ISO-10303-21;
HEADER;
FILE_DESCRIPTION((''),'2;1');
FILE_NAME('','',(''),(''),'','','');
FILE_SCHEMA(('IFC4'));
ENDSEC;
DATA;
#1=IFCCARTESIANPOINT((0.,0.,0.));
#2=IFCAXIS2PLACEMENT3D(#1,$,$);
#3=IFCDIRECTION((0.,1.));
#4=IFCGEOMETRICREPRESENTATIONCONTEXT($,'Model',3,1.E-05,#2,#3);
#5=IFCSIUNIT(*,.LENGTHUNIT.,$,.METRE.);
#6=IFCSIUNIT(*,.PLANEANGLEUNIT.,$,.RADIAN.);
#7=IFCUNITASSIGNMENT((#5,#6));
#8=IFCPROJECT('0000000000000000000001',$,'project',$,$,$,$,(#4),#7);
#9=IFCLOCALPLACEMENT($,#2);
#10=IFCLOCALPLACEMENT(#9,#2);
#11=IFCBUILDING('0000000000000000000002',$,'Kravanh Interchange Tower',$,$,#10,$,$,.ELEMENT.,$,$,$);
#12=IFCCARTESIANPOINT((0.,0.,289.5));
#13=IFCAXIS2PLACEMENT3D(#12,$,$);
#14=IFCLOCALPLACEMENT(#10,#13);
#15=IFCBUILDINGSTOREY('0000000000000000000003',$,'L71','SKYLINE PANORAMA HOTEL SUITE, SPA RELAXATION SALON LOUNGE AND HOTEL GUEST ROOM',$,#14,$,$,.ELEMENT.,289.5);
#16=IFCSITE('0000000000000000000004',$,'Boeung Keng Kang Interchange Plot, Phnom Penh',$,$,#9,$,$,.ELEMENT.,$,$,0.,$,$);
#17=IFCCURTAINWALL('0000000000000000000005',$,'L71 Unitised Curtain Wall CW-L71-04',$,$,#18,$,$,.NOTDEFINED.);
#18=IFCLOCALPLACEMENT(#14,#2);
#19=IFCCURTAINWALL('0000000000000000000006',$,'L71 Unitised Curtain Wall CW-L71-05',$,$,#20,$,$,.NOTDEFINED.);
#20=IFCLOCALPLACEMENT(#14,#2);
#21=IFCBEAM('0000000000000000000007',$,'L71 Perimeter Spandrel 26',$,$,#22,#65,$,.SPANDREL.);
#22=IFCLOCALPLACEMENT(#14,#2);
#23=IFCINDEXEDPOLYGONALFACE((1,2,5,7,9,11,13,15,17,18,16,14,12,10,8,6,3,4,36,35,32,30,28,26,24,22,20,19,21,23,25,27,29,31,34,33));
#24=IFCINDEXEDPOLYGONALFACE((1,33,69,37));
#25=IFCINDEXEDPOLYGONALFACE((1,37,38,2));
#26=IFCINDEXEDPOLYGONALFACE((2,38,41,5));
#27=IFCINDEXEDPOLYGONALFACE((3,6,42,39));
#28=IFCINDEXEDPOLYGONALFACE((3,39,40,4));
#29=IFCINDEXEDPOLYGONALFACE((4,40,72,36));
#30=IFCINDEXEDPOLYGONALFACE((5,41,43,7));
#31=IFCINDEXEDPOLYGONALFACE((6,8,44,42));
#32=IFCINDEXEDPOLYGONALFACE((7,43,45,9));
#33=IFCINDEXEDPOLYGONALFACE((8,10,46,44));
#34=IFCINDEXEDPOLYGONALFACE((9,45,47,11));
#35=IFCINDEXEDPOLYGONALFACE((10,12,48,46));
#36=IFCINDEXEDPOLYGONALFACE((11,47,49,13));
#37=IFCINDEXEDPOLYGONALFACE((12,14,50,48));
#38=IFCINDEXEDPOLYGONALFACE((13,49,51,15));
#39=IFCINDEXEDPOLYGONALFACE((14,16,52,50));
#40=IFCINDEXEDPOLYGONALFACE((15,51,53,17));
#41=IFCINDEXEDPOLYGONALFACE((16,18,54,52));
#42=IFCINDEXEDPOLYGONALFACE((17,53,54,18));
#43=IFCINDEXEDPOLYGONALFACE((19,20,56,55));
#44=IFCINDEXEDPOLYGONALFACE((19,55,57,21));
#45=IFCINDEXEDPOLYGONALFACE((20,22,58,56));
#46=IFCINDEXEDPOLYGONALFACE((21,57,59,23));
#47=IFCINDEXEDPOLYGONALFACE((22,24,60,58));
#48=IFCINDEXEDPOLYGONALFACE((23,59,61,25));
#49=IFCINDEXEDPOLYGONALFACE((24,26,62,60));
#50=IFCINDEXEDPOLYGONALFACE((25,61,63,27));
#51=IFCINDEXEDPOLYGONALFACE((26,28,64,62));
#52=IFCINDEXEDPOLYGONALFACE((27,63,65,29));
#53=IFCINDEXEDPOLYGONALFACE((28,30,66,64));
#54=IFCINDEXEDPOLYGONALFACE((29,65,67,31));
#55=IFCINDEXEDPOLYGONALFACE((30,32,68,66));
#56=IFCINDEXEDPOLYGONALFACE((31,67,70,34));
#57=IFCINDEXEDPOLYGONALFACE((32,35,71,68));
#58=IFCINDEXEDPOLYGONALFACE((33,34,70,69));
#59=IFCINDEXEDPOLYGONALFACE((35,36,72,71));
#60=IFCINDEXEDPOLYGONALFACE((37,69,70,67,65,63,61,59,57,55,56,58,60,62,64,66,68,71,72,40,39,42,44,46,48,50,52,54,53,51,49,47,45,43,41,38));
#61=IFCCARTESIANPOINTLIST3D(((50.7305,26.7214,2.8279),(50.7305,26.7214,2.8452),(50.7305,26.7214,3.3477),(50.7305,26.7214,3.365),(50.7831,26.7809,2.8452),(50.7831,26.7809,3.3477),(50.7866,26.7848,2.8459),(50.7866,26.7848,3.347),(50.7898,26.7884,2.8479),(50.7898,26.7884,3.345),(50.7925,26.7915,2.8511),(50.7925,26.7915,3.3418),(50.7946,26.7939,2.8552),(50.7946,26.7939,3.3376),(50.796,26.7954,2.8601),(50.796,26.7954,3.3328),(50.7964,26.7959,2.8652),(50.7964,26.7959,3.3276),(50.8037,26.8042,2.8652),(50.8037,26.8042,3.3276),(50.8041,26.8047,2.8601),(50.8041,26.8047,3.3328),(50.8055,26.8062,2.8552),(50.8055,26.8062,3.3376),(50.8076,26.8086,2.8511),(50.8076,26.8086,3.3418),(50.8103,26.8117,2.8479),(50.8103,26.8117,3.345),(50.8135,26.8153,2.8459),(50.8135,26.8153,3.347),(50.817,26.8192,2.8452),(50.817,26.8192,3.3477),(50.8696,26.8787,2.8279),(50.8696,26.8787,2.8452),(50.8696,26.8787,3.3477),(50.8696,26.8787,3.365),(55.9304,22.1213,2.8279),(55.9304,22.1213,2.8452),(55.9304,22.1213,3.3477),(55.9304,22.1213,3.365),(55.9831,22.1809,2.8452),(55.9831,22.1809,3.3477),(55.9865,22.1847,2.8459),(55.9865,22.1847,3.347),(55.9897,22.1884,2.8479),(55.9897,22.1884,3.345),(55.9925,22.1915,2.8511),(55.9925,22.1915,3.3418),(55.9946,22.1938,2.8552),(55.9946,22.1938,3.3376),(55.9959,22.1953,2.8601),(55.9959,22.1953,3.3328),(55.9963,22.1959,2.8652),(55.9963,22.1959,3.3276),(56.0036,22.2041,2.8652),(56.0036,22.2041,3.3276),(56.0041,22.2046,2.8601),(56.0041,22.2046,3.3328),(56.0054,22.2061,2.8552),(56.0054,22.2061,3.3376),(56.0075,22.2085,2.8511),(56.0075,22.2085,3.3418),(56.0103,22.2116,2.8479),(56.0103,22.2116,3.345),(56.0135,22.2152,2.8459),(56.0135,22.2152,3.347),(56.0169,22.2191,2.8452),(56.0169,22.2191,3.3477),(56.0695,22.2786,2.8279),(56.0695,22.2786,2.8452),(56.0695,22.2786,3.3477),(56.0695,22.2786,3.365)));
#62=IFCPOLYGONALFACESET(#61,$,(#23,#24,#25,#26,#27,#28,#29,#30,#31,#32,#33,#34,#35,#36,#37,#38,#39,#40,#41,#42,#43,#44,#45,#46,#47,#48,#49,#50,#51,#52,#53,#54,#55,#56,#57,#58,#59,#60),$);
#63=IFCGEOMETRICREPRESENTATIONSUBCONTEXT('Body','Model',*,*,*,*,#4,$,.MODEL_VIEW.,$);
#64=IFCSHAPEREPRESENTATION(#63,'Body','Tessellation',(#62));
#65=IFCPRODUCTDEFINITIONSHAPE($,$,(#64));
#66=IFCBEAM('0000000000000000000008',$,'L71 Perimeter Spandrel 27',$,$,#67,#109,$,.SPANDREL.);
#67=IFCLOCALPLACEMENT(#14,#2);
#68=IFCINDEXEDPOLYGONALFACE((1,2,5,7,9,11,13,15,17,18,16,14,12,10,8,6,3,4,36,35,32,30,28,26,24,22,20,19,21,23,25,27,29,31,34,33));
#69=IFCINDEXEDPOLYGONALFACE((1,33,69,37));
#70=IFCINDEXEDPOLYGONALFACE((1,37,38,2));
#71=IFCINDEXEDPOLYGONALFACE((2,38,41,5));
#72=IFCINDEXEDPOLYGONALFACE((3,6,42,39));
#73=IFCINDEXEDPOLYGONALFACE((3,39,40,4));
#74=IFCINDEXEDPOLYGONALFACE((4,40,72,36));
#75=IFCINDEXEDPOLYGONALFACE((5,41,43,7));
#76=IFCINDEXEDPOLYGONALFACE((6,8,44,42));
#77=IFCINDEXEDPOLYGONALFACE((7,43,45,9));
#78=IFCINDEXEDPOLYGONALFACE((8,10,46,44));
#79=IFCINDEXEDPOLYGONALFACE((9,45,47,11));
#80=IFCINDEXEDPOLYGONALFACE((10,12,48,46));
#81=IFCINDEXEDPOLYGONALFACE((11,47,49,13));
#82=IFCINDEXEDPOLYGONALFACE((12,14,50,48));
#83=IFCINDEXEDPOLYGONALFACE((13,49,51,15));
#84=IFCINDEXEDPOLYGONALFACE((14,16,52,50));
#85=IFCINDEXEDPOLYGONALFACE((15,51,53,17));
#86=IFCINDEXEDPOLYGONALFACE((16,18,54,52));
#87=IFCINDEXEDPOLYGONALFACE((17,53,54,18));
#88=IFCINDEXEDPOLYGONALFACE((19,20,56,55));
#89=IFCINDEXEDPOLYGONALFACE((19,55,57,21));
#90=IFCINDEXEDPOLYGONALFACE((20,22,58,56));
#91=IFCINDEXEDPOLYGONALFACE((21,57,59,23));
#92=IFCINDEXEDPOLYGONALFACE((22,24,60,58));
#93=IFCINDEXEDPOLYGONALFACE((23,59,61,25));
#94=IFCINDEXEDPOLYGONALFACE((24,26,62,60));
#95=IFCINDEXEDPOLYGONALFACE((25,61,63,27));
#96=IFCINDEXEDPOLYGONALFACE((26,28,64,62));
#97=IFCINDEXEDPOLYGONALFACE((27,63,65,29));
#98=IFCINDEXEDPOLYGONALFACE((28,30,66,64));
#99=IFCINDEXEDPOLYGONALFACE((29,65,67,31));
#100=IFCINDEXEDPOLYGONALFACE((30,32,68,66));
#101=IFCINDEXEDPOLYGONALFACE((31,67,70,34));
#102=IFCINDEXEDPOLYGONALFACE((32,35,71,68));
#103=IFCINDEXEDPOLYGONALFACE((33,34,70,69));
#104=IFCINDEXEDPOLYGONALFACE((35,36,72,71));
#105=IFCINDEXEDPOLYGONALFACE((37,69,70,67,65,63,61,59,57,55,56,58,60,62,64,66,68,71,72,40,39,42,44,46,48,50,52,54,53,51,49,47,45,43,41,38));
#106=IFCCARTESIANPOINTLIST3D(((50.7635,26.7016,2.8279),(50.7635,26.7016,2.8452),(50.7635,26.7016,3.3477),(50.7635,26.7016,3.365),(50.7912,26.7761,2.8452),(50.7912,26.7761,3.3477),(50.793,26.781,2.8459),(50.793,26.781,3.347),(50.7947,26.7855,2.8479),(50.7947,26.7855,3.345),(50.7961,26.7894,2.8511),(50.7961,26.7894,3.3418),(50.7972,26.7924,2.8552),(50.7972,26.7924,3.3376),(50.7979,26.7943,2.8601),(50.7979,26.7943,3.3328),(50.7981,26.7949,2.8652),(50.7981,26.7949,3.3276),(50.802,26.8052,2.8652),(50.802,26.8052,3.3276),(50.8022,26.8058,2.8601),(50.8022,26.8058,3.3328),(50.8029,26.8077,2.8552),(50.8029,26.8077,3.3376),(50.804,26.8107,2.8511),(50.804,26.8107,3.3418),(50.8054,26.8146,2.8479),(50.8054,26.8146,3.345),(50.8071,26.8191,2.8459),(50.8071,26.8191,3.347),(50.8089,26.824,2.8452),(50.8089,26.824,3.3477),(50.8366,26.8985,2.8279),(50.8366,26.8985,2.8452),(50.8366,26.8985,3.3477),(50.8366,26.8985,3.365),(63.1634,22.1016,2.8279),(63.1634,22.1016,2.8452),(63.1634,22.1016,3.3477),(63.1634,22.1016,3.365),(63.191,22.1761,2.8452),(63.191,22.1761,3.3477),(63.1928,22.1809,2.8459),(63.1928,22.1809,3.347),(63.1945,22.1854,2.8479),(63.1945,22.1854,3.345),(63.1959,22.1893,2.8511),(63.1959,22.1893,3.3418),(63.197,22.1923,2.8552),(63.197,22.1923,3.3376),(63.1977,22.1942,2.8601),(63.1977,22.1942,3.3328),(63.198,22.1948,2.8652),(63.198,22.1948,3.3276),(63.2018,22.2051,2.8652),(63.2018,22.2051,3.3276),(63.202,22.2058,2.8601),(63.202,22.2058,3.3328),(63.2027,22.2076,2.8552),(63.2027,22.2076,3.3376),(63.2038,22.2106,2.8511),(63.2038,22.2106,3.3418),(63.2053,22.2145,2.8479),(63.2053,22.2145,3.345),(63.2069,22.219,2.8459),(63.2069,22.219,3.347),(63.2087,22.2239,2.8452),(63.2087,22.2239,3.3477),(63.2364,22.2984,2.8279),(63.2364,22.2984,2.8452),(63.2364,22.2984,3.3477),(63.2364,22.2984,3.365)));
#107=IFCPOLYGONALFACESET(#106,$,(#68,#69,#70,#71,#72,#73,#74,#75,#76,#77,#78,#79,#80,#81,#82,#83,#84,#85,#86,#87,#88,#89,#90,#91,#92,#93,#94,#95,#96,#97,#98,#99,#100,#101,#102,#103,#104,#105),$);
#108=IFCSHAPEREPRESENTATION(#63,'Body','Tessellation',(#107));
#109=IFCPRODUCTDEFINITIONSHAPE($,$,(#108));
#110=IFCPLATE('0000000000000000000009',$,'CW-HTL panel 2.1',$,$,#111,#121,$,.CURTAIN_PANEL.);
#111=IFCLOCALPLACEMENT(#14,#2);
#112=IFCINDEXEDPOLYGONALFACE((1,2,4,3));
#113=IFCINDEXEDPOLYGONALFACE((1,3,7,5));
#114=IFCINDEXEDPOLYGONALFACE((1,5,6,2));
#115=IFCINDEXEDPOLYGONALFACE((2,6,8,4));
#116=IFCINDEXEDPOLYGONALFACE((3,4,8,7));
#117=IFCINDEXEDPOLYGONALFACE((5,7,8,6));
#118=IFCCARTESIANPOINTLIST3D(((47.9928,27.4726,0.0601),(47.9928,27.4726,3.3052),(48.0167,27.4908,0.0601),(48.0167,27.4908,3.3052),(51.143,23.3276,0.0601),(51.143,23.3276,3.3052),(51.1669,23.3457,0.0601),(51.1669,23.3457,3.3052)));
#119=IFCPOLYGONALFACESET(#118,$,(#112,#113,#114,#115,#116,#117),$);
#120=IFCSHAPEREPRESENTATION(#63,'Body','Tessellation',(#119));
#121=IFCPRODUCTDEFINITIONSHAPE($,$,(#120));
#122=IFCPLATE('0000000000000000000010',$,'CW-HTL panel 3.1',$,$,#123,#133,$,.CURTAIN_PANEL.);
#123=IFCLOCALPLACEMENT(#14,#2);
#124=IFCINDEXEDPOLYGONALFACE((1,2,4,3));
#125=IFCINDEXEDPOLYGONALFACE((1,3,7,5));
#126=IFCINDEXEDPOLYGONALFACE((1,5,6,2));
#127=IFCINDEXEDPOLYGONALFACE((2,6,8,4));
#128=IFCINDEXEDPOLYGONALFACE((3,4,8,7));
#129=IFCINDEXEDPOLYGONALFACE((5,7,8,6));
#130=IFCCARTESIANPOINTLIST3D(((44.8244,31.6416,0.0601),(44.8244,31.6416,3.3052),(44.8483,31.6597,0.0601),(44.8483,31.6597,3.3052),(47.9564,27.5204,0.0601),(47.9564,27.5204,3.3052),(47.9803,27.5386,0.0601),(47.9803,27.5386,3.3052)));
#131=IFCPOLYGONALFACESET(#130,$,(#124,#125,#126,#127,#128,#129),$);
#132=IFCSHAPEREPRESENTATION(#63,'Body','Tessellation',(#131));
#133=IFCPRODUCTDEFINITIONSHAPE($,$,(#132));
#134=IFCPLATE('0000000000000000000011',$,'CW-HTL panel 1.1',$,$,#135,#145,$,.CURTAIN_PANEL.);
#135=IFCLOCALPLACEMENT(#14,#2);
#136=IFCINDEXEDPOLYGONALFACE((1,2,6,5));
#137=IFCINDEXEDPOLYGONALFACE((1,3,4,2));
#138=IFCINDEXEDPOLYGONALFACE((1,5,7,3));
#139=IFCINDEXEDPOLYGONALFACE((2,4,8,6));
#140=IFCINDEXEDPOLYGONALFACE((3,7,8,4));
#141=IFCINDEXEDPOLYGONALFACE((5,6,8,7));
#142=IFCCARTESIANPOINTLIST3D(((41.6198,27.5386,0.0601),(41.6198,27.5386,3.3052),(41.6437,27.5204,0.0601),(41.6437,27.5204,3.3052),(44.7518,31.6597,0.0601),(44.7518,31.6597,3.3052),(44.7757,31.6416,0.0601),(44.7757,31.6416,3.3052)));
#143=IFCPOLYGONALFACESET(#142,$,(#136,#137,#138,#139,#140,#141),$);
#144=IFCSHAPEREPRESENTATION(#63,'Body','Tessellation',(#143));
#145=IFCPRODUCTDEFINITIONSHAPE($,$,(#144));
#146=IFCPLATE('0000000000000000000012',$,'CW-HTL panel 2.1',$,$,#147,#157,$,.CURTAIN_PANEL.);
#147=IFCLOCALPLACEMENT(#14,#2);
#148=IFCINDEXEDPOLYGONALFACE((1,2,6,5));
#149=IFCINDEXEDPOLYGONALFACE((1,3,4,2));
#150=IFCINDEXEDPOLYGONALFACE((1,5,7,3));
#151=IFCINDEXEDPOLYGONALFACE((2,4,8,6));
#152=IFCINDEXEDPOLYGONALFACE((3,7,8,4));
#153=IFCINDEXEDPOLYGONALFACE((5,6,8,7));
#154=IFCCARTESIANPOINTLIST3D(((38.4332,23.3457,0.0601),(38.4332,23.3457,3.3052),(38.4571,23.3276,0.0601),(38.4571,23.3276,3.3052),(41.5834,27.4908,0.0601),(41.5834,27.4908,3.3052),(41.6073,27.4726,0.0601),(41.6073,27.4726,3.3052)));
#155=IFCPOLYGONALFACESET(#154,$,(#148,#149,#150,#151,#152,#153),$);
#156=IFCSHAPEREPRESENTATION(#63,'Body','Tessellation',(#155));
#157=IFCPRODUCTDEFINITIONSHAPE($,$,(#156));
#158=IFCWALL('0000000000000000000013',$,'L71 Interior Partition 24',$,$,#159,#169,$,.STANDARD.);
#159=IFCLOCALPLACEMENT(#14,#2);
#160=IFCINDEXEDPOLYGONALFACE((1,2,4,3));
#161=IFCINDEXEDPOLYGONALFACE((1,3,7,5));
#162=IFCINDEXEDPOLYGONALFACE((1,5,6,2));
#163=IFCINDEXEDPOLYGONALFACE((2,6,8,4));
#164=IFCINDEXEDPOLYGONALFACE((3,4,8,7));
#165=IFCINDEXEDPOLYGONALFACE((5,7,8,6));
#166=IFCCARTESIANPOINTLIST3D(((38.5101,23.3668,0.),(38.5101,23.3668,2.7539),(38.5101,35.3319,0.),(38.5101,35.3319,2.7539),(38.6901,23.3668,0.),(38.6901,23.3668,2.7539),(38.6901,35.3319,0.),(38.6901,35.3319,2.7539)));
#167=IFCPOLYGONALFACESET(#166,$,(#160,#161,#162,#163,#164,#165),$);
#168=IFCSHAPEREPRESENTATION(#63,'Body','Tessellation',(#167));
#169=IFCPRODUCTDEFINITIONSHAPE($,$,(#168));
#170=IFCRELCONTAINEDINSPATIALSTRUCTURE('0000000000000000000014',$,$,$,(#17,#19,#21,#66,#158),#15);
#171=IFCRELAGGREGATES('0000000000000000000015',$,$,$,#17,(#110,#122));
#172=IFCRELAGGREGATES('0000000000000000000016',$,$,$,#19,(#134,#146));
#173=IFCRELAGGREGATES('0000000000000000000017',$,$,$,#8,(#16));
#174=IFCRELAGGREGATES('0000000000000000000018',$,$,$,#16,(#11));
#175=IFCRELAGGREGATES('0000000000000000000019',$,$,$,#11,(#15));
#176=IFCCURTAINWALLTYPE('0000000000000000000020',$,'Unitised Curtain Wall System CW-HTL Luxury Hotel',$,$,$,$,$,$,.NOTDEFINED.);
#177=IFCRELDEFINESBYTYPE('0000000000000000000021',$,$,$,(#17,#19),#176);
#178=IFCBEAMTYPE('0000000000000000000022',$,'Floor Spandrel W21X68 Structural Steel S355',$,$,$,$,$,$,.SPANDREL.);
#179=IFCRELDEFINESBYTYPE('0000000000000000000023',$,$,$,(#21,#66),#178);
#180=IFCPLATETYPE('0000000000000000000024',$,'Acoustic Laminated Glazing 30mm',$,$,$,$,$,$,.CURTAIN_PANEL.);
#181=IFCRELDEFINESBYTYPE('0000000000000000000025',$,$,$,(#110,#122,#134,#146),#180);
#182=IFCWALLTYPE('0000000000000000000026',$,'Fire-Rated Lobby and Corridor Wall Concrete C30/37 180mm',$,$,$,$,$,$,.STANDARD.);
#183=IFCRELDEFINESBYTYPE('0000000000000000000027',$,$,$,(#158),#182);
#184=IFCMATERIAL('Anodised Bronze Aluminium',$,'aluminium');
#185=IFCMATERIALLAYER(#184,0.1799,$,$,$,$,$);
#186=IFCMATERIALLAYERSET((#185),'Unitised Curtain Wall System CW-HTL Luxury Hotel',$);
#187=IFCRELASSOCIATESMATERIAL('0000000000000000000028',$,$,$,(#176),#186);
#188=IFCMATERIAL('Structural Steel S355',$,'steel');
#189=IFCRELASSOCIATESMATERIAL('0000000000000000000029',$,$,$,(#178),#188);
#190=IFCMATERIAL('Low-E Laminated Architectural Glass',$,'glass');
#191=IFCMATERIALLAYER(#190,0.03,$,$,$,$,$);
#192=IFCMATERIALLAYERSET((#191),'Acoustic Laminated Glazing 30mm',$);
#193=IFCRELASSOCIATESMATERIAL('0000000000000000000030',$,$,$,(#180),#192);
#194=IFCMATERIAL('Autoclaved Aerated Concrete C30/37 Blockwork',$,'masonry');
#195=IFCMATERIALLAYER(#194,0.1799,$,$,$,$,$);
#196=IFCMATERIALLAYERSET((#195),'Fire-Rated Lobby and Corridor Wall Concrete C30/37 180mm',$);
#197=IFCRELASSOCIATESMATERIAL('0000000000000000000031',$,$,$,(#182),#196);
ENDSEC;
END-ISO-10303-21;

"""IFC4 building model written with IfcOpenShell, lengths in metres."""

from ifc_helpers import new_model, si_unit, direction, frame, frame_2d, origin, origin_2d, place, context, subcontext, project, spatial, rectangle, i_section, extrude, material, layer, layer_set, material_profile, profile_set, type_object, element, aggregate, save


model = new_model("IFC4")

# Units and contexts
model_context = context("Model", 3, precision=1e-05, world=origin(), true_north=direction((0.0, 1.0)))
body_context = subcontext(model_context, "Body", "Model", "MODEL_VIEW")
ifc_project = project(units=[si_unit("LENGTHUNIT", "METRE"), si_unit("PLANEANGLEUNIT", "RADIAN")], contexts=[model_context])

# Site, building, storey
site_placement = place(None, origin())
site = spatial("IfcSite", under=ifc_project, at=site_placement, Name="Boeung Keng Kang Interchange Plot, Phnom Penh", CompositionType="ELEMENT", RefElevation=0.0)
building_placement = place(site_placement, origin())
building = spatial("IfcBuilding", under=site, at=building_placement, Name="Kravanh Interchange Tower", CompositionType="ELEMENT")
storey_placement = place(building_placement, frame((0.0, 0.0, 289.5)))
storey = spatial("IfcBuildingStorey", under=building, at=storey_placement, Name="L71", Description="SKYLINE PANORAMA HOTEL SUITE, SPA RELAXATION SALON LOUNGE AND HOTEL GUEST ROOM", CompositionType="ELEMENT", Elevation=289.5)

# Curtain walls
ifc_material_1 = material(Name="Anodised Bronze Aluminium", Category="aluminium")
ifc_layer_1 = layer(ifc_material_1, 0.1799)
ifc_layer_set_1 = layer_set([ifc_layer_1], Name="Unitised Curtain Wall System CW-HTL Luxury Hotel")
curtain_wall_type = type_object("IfcCurtainWallType", Name="Unitised Curtain Wall System CW-HTL Luxury Hotel", PredefinedType="NOTDEFINED", material=ifc_layer_set_1)
curtain_wall_1_placement = place(storey_placement, origin())
curtain_wall_1 = element("IfcCurtainWall", 1, at=curtain_wall_1_placement, inside=storey, type_object=curtain_wall_type, Name="L71 Unitised Curtain Wall CW-L71-04", PredefinedType="NOTDEFINED")
curtain_wall_2_placement = place(storey_placement, origin())
curtain_wall_2 = element("IfcCurtainWall", 2, at=curtain_wall_2_placement, inside=storey, type_object=curtain_wall_type, Name="L71 Unitised Curtain Wall CW-L71-05", PredefinedType="NOTDEFINED")

# Beams
ifc_material_2 = material(Name="Structural Steel S355", Category="steel")
ifc_material_profile_1 = material_profile(ifc_material_2, i_section(OverallWidth=0.21, OverallDepth=0.5371, WebThickness=0.011, FlangeThickness=0.0173, FilletRadius=0.02, at=origin_2d()), Name="W21X68")
ifc_profile_set_1 = profile_set([ifc_material_profile_1], Name="Structural Steel S355")
beam_type_1 = type_object("IfcBeamType", Name="Floor Spandrel W21X68 Structural Steel S355", PredefinedType="SPANDREL", material=ifc_profile_set_1)
beam_1_placement = place(storey_placement, frame((50.8, 26.8, 3.0964), z_axis=(0.748986, -0.662585, 0.0), x_axis=(0.662585, 0.748986, 0.0)))
element("IfcBeam", 3, at=beam_1_placement, inside=storey, type_object=beam_type_1, Name="L71 Perimeter Spandrel 26", PredefinedType="SPANDREL", context=body_context, shape_type="SweptSolid", body=[
    extrude(i_section(OverallWidth=0.21, OverallDepth=0.5371, WebThickness=0.011, FlangeThickness=0.0173, FilletRadius=0.02, at=origin_2d()), origin(), (0.0, 0.0, 1.0), 6.9426),
])
beam_2_placement = place(storey_placement, frame((50.8, 26.8, 3.0964), z_axis=(0.937563, -0.347816, 0.0), x_axis=(0.347816, 0.937563, 0.0)))
element("IfcBeam", 4, at=beam_2_placement, inside=storey, type_object=beam_type_1, Name="L71 Perimeter Spandrel 27", PredefinedType="SPANDREL", context=body_context, shape_type="SweptSolid", body=[
    extrude(i_section(OverallWidth=0.21, OverallDepth=0.5371, WebThickness=0.011, FlangeThickness=0.0173, FilletRadius=0.02, at=origin_2d()), origin(), (0.0, 0.0, 1.0), 13.2256),
])

# Plates
ifc_material_3 = material(Name="Low-E Laminated Architectural Glass", Category="glass")
ifc_layer_2 = layer(ifc_material_3, 0.03)
ifc_layer_set_2 = layer_set([ifc_layer_2], Name="Acoustic Laminated Glazing 30mm")
plate_type = type_object("IfcPlateType", Name="Acoustic Laminated Glazing 30mm", PredefinedType="CURTAIN_PANEL", material=ifc_layer_set_2)
plate_1_placement = place(storey_placement, frame((49.5798, 25.4092, 0.0601), z_axis=(0.0, 0.0, 1.0), x_axis=(-0.605083, 0.796162, 0.0)))
plate_1 = element("IfcPlate", 5, at=plate_1_placement, type_object=plate_type, Name="CW-HTL panel 2.1", PredefinedType="CURTAIN_PANEL", context=body_context, shape_type="SweptSolid", body=[
    extrude(rectangle(XDim=5.2063, YDim=0.03, at=origin_2d()), origin(), (0.0, 0.0, 1.0), 3.2451),
])
plate_2_placement = place(storey_placement, frame((46.4023, 29.5901, 0.0601), z_axis=(0.0, 0.0, 1.0), x_axis=(-0.605083, 0.796162, 0.0)))
plate_2 = element("IfcPlate", 6, at=plate_2_placement, type_object=plate_type, Name="CW-HTL panel 3.1", PredefinedType="CURTAIN_PANEL", context=body_context, shape_type="SweptSolid", body=[
    extrude(rectangle(XDim=5.1763, YDim=0.03, at=origin_2d()), origin(), (0.0, 0.0, 1.0), 3.2451),
])
aggregate(curtain_wall_1, [plate_1, plate_2])
plate_3_placement = place(storey_placement, frame((43.1978, 29.5901, 0.0601), z_axis=(0.0, 0.0, 1.0), x_axis=(-0.605083, -0.796162, 0.0)))
plate_3 = element("IfcPlate", 7, at=plate_3_placement, type_object=plate_type, Name="CW-HTL panel 1.1", PredefinedType="CURTAIN_PANEL", context=body_context, shape_type="SweptSolid", body=[
    extrude(rectangle(XDim=5.1763, YDim=0.03, at=origin_2d()), origin(), (0.0, 0.0, 1.0), 3.2451),
])
plate_4_placement = place(storey_placement, frame((40.0203, 25.4092, 0.0601), z_axis=(0.0, 0.0, 1.0), x_axis=(-0.605083, -0.796162, 0.0)))
plate_4 = element("IfcPlate", 8, at=plate_4_placement, type_object=plate_type, Name="CW-HTL panel 2.1", PredefinedType="CURTAIN_PANEL", context=body_context, shape_type="SweptSolid", body=[
    extrude(rectangle(XDim=5.2063, YDim=0.03, at=origin_2d()), origin(), (0.0, 0.0, 1.0), 3.2451),
])
aggregate(curtain_wall_2, [plate_3, plate_4])

# Wall
ifc_material_4 = material(Name="Autoclaved Aerated Concrete C30/37 Blockwork", Category="masonry")
ifc_layer_3 = layer(ifc_material_4, 0.1799)
ifc_layer_set_3 = layer_set([ifc_layer_3], Name="Fire-Rated Lobby and Corridor Wall Concrete C30/37 180mm")
wall_type = type_object("IfcWallType", Name="Fire-Rated Lobby and Corridor Wall Concrete C30/37 180mm", PredefinedType="STANDARD", material=ifc_layer_set_3)
wall_placement = place(storey_placement, frame((38.6001, 23.3669, 0.0), z_axis=(0.0, 0.0, 1.0), x_axis=(0.0, 1.0, 0.0)))
element("IfcWall", 9, at=wall_placement, inside=storey, type_object=wall_type, Name="L71 Interior Partition 24", PredefinedType="STANDARD", context=body_context, shape_type="SweptSolid", body=[
    extrude(rectangle(XDim=11.9651, YDim=0.1799, at=frame_2d((5.9824, 0.0))), origin(), (0.0, 0.0, 1.0), 2.7539),
])

save(model, "model.ifc")
